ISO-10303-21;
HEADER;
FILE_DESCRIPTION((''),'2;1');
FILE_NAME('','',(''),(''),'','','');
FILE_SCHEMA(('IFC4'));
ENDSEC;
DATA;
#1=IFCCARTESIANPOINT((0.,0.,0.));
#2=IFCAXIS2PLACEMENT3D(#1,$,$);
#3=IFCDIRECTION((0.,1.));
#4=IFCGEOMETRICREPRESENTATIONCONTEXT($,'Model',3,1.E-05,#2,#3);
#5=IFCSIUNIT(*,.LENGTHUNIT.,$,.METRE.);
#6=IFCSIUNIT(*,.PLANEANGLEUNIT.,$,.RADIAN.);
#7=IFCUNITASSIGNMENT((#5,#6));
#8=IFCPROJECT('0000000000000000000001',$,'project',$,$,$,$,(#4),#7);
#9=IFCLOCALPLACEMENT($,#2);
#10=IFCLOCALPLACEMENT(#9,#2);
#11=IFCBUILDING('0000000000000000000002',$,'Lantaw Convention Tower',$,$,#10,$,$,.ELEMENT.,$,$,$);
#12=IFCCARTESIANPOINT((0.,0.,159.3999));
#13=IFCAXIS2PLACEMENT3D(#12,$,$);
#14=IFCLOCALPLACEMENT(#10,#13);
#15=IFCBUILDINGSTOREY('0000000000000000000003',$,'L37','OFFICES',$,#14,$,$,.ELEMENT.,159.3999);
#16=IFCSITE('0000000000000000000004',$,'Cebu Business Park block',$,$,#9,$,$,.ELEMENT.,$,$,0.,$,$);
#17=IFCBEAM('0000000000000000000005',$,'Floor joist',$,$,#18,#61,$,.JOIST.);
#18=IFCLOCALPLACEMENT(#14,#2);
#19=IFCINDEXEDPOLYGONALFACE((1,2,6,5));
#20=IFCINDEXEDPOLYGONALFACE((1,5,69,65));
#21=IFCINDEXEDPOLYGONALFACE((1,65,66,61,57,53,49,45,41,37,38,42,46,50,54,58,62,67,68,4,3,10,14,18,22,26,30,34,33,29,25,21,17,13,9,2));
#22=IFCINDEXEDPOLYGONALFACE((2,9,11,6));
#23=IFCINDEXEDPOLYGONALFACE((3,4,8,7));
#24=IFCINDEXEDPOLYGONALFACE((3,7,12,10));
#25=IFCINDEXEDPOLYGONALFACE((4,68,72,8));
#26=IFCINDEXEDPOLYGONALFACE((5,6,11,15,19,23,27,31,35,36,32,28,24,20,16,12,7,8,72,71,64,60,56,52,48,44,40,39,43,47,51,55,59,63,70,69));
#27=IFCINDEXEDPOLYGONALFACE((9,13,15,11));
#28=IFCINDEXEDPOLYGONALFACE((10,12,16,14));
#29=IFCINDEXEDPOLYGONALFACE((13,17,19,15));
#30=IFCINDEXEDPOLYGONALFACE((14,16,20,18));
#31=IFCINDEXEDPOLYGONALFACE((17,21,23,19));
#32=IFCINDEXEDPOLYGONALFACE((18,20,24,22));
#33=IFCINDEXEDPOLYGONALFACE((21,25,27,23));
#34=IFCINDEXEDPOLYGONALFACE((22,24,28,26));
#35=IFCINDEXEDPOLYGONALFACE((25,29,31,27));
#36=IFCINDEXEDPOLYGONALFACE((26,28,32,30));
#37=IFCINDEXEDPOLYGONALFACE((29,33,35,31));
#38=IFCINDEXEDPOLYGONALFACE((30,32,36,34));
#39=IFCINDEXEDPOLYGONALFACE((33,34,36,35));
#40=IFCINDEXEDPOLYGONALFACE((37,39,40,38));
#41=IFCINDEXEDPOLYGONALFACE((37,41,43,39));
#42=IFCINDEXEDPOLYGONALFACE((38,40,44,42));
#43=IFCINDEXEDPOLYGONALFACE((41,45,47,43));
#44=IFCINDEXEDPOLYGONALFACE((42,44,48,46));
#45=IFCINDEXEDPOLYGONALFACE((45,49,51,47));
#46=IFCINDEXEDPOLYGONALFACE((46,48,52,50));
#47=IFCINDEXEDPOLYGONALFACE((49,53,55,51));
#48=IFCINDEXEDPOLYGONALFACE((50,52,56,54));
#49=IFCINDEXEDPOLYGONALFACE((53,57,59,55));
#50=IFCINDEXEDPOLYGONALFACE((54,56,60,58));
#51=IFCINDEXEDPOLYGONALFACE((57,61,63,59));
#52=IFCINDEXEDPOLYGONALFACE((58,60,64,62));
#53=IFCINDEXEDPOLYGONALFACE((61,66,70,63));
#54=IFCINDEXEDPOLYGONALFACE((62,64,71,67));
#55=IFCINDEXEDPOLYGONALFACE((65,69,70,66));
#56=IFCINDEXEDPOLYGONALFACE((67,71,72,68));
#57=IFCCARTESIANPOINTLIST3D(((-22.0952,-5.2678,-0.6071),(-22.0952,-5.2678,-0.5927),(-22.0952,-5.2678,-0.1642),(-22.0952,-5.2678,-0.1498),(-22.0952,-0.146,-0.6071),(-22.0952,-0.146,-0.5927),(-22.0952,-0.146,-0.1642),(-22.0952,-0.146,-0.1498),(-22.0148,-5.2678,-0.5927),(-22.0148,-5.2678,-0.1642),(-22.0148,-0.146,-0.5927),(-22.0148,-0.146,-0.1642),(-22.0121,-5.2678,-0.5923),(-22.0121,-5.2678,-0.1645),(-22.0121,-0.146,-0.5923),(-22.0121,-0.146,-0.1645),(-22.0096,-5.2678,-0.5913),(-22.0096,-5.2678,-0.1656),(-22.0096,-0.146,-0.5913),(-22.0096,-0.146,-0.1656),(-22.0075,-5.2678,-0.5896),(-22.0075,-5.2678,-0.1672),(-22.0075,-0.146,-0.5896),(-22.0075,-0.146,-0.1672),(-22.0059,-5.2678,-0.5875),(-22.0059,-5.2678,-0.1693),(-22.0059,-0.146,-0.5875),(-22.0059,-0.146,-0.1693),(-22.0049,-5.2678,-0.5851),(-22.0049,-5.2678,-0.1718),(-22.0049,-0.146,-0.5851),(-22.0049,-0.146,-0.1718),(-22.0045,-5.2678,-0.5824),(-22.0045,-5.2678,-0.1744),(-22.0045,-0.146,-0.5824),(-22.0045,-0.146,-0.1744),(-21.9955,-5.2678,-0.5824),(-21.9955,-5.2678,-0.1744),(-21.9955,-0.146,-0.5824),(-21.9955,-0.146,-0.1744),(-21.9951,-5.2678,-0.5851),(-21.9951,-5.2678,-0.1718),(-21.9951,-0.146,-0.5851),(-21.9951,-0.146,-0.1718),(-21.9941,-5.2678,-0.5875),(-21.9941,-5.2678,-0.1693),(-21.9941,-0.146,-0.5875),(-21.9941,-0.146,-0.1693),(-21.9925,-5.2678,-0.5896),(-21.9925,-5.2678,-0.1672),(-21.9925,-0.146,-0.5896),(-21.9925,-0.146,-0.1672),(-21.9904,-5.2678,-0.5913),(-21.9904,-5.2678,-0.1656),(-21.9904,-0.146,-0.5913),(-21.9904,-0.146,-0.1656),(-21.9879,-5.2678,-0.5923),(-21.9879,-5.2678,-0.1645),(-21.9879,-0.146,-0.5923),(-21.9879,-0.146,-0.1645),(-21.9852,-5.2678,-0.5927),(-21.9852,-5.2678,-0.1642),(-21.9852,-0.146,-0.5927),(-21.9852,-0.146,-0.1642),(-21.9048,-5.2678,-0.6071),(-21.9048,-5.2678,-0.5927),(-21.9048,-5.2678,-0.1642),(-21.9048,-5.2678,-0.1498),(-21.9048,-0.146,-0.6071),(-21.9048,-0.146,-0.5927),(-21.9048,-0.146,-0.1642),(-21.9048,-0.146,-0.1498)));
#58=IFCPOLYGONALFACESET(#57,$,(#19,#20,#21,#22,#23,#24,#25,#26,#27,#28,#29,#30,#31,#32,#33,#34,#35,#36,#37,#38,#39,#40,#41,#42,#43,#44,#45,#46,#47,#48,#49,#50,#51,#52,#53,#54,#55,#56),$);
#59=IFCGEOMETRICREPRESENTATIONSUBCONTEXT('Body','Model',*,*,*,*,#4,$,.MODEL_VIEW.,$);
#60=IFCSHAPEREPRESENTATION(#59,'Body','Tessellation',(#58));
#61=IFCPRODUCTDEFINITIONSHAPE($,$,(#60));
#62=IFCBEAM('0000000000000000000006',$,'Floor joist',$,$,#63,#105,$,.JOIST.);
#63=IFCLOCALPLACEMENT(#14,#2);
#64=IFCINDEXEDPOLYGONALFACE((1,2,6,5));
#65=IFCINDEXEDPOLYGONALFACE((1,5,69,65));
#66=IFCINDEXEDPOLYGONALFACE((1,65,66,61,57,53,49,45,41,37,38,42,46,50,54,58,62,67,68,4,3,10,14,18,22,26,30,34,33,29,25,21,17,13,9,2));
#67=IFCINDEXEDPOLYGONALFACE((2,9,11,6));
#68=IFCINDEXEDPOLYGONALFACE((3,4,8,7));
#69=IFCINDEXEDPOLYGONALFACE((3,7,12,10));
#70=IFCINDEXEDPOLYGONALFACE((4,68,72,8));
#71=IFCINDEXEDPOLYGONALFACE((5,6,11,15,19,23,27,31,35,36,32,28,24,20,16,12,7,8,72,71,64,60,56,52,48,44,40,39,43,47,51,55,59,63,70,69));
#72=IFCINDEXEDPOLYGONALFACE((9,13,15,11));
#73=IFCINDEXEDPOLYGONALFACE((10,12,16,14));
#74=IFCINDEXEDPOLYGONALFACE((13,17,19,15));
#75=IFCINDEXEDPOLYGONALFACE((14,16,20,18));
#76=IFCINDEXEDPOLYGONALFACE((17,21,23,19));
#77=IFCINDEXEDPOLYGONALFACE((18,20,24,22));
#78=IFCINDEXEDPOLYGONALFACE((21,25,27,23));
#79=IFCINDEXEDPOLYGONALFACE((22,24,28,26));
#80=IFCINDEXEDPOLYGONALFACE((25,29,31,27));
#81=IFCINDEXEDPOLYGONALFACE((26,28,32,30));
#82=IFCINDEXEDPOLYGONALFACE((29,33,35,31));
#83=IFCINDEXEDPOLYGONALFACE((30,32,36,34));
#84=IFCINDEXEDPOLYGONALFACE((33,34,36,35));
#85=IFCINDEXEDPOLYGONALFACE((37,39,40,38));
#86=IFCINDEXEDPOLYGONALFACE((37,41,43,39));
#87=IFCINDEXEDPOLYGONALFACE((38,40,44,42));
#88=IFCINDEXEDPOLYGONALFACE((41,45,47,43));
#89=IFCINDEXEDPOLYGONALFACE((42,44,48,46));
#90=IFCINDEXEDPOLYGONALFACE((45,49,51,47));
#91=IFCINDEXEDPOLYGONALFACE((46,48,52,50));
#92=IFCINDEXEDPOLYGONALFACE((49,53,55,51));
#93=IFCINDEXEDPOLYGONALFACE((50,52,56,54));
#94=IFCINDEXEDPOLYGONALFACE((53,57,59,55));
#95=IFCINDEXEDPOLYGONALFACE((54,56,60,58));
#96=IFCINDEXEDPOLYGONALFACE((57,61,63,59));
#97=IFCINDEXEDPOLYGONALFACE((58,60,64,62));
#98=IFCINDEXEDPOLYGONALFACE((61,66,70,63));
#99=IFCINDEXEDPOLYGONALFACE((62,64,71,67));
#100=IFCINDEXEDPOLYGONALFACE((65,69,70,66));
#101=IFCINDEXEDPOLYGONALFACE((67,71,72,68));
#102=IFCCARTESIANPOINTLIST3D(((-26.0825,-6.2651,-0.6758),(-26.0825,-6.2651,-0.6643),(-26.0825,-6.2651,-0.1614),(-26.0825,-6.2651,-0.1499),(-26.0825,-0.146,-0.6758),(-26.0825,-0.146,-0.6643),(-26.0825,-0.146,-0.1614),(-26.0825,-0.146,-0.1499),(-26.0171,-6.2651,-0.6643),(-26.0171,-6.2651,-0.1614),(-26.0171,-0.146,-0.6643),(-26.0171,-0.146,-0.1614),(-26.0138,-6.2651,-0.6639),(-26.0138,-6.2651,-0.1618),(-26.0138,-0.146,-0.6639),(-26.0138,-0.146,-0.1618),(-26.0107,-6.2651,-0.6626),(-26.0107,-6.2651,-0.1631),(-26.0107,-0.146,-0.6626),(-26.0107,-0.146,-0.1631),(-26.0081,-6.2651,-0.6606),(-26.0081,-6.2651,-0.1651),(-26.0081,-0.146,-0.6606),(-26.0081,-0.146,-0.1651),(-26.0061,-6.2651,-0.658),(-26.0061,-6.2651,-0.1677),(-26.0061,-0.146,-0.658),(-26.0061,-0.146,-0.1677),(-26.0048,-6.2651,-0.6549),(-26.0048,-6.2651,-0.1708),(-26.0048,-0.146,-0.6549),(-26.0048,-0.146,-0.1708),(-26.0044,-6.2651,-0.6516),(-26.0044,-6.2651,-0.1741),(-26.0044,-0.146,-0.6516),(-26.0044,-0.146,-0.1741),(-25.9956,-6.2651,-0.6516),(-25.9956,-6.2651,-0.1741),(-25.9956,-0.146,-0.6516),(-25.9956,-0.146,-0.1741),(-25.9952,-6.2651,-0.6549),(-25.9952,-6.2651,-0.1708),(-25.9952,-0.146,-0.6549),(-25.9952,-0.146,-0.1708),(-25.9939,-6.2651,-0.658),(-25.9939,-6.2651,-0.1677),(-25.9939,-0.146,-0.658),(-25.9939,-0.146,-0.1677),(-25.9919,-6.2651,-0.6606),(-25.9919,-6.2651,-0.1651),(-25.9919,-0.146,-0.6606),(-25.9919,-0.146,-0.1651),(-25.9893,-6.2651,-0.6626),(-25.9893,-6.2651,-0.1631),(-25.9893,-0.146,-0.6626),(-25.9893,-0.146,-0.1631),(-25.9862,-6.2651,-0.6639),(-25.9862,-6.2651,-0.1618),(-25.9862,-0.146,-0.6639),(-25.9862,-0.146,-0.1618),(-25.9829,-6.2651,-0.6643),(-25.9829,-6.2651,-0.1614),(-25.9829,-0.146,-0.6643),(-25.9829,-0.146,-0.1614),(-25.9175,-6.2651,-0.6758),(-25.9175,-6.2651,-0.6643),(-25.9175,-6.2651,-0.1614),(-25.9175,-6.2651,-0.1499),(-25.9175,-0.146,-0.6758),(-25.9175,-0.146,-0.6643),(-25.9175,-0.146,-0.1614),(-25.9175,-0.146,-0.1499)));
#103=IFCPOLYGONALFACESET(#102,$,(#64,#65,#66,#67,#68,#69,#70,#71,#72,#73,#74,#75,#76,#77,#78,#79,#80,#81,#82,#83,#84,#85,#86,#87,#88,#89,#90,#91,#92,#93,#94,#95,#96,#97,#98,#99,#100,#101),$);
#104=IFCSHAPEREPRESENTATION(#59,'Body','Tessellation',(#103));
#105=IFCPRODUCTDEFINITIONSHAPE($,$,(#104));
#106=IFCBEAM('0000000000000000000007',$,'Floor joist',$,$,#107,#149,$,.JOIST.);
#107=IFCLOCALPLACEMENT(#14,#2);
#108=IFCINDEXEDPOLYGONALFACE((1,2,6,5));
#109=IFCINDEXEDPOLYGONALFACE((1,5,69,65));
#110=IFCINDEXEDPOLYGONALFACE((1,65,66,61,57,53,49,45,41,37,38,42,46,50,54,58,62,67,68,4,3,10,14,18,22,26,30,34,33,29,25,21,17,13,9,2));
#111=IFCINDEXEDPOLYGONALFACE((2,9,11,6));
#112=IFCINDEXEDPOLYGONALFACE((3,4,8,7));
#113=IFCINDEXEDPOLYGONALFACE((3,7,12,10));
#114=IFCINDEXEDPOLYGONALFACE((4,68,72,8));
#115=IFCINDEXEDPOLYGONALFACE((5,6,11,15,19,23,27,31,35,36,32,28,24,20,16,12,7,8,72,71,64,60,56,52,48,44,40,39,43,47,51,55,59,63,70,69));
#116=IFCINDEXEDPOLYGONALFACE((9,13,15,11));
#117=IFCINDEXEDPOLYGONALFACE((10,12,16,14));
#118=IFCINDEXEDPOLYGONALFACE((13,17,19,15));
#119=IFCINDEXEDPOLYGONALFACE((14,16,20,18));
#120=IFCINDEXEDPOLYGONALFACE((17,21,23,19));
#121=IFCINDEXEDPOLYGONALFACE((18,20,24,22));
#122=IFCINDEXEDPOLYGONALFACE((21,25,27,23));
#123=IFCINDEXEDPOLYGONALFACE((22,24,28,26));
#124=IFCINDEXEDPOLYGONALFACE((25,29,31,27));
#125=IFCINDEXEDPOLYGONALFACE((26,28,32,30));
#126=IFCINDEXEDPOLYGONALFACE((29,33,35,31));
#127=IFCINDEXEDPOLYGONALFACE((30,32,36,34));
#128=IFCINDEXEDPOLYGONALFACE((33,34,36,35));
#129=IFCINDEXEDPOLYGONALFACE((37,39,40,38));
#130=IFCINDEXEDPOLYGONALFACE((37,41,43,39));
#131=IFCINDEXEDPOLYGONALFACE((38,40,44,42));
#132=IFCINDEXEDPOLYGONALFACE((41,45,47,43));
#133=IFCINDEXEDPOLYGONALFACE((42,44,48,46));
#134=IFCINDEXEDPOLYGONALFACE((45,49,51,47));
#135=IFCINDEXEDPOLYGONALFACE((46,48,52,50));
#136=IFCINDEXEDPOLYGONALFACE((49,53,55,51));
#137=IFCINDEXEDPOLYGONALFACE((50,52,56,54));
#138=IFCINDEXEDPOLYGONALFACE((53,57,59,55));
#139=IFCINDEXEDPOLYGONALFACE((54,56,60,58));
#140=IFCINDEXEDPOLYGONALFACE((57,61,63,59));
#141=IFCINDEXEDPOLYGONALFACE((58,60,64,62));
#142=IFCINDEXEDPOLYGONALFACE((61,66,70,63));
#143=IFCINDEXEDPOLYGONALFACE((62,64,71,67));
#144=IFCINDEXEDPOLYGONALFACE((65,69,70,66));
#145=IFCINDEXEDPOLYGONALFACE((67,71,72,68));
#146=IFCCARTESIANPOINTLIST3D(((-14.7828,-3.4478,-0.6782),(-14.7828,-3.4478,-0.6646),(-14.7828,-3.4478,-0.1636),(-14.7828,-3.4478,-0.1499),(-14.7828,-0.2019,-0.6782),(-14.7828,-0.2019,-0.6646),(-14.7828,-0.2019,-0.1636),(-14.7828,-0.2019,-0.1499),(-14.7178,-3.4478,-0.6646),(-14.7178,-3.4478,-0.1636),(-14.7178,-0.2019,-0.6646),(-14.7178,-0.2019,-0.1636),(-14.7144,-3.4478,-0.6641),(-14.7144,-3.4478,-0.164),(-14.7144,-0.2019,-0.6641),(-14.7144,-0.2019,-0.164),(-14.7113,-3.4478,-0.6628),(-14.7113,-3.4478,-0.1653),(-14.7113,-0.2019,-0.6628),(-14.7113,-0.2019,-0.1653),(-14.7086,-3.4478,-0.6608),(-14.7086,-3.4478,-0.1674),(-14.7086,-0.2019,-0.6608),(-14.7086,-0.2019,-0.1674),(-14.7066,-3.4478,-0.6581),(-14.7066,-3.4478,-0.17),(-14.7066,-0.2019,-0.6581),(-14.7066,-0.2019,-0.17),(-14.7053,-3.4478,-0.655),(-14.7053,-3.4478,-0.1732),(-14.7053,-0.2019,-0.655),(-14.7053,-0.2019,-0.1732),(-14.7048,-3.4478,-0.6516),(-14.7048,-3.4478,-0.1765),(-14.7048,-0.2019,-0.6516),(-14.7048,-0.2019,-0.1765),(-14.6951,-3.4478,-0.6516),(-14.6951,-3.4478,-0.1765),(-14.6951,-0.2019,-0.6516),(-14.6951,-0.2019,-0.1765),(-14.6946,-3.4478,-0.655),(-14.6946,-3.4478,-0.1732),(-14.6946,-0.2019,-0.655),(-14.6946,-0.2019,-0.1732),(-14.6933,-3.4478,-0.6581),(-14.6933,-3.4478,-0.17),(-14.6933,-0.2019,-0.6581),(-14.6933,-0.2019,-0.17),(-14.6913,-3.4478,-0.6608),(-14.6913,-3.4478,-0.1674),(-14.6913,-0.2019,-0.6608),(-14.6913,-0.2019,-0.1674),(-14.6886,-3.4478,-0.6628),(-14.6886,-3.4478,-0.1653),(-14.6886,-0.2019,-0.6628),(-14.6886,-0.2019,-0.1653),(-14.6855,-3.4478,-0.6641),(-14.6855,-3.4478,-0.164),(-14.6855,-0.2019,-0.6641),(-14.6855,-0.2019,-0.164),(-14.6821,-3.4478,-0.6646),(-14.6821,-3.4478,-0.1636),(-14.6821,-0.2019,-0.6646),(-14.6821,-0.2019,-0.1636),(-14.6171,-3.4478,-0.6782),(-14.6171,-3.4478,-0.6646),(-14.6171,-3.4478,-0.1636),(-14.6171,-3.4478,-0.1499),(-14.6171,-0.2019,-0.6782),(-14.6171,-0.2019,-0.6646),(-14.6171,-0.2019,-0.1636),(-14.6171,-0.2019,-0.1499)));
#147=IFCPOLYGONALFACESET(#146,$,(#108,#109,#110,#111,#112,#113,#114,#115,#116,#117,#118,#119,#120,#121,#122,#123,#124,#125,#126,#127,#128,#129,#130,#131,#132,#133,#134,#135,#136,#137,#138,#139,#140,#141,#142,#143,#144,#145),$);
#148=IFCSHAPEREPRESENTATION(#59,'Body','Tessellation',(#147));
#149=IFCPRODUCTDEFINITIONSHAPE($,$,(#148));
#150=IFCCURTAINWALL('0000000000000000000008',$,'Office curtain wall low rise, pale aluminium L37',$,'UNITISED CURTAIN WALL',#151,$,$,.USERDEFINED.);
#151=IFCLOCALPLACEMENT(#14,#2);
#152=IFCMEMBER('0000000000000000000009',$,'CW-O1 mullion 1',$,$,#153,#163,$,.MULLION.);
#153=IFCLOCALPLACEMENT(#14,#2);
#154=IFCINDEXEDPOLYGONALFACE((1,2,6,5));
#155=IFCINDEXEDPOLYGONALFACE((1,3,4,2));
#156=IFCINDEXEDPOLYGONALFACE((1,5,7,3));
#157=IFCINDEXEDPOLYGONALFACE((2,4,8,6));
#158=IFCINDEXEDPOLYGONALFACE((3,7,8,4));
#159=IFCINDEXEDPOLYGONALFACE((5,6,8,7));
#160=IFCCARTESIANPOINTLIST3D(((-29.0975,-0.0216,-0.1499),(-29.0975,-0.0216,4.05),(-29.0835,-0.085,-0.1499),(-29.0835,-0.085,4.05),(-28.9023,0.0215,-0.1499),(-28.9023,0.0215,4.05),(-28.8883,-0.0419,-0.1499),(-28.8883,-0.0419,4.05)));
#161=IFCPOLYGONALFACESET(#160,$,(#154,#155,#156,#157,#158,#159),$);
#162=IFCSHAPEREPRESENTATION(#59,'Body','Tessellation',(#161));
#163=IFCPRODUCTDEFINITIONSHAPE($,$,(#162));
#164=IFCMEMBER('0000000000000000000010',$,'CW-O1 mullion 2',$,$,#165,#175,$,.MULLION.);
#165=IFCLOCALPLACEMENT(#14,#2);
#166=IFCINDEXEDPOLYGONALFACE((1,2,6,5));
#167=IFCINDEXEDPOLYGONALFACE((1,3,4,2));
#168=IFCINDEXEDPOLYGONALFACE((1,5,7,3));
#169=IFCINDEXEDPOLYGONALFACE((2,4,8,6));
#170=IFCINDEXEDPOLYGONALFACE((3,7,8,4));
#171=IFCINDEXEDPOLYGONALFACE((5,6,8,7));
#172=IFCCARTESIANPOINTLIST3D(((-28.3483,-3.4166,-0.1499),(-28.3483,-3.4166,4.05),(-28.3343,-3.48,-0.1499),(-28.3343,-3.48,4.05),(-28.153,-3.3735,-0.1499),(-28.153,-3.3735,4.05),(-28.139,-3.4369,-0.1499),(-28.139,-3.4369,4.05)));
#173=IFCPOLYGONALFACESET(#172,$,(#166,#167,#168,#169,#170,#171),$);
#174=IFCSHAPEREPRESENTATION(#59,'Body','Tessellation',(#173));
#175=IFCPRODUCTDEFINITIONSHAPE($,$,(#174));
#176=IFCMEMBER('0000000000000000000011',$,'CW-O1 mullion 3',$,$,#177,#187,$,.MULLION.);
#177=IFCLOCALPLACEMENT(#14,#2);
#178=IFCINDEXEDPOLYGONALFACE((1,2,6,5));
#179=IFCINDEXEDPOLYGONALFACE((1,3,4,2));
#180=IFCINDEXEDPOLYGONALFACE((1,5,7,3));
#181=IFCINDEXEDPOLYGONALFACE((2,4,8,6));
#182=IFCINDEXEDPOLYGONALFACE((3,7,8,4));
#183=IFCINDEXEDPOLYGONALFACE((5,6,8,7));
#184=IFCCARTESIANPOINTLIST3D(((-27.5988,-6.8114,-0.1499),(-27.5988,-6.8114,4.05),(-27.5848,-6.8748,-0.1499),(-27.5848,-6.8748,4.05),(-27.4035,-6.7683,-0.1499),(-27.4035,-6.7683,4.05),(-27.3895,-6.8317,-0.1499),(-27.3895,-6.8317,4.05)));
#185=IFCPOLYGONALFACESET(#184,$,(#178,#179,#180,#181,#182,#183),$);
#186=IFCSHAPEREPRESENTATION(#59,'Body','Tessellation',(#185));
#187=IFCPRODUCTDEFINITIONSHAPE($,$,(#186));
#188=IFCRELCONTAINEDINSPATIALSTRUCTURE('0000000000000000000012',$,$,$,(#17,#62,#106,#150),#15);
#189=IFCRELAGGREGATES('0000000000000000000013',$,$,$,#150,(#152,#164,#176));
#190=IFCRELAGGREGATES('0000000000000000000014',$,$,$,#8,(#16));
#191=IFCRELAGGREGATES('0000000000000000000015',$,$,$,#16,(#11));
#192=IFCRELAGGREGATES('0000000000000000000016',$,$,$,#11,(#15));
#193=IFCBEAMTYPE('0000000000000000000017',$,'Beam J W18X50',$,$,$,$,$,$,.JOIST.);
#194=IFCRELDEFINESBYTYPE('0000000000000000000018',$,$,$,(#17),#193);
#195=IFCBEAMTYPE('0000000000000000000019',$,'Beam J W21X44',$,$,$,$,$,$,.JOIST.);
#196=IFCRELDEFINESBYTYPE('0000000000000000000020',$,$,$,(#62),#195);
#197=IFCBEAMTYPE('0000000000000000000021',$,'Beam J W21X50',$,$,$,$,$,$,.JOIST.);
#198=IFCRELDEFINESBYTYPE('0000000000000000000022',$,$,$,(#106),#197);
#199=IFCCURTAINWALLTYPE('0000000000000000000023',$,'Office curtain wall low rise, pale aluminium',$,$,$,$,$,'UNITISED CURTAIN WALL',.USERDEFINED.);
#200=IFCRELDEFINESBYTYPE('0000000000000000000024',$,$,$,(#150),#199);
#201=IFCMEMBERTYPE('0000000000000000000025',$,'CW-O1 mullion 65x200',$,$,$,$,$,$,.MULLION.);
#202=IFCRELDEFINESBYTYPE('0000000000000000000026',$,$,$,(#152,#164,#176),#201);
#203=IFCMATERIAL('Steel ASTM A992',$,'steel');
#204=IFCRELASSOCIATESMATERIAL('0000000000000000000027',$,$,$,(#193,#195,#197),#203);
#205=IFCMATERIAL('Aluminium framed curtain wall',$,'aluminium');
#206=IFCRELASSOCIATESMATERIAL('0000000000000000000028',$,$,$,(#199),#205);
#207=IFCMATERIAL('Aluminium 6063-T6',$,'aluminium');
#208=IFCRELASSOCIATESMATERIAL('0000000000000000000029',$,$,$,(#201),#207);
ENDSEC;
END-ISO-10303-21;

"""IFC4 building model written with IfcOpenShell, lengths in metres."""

from ifc_helpers import new_model, si_unit, direction, frame, origin, origin_2d, place, context, subcontext, project, spatial, rectangle, i_section, extrude, material, material_profile, profile_set, type_object, element, aggregate, save


model = new_model("IFC4")

# Units and contexts
model_context = context("Model", 3, precision=1e-05, world=origin(), true_north=direction((0.0, 1.0)))
body_context = subcontext(model_context, "Body", "Model", "MODEL_VIEW")
ifc_project = project(units=[si_unit("LENGTHUNIT", "METRE"), si_unit("PLANEANGLEUNIT", "RADIAN")], contexts=[model_context])

# Site, building, storey
site_placement = place(None, origin())
site = spatial("IfcSite", under=ifc_project, at=site_placement, Name="Cebu Business Park block", CompositionType="ELEMENT", RefElevation=0.0)
building_placement = place(site_placement, origin())
building = spatial("IfcBuilding", under=site, at=building_placement, Name="Lantaw Convention Tower", CompositionType="ELEMENT")
storey_placement = place(building_placement, frame((0.0, 0.0, 159.3999)))
storey = spatial("IfcBuildingStorey", under=building, at=storey_placement, Name="L37", Description="OFFICES", CompositionType="ELEMENT", Elevation=159.3999)

# Beams
ifc_material_1 = material(Name="Steel ASTM A992", Category="steel")
ifc_material_profile_1 = material_profile(ifc_material_1, i_section(OverallWidth=0.1904, OverallDepth=0.4573, WebThickness=0.009, FlangeThickness=0.0144, FilletRadius=0.0103, at=origin_2d()), Name="W18X50")
ifc_profile_set_1 = profile_set([ifc_material_profile_1], Name="Steel ASTM A992")
beam_type_1 = type_object("IfcBeamType", Name="Beam J W18X50", PredefinedType="JOIST", material=ifc_profile_set_1)
beam_1_placement = place(storey_placement, frame((-22.0, -5.2678, -0.3784), z_axis=(0.0, 1.0, 0.0), x_axis=(-1.0, 0.0, 0.0)))
element("IfcBeam", 1, at=beam_1_placement, inside=storey, type_object=beam_type_1, Name="Floor joist", PredefinedType="JOIST", context=body_context, shape_type="SweptSolid", body=[
    extrude(i_section(OverallWidth=0.1904, OverallDepth=0.4573, WebThickness=0.009, FlangeThickness=0.0144, FilletRadius=0.0103, at=origin_2d()), origin(), (0.0, 0.0, 1.0), 5.1218),
])
ifc_material_profile_2 = material_profile(ifc_material_1, i_section(OverallWidth=0.165, OverallDepth=0.5259, WebThickness=0.0088, FlangeThickness=0.0115, FilletRadius=0.0127, at=origin_2d()), Name="W21X44")
ifc_profile_set_2 = profile_set([ifc_material_profile_2], Name="Steel ASTM A992")
beam_type_2 = type_object("IfcBeamType", Name="Beam J W21X44", PredefinedType="JOIST", material=ifc_profile_set_2)
beam_2_placement = place(storey_placement, frame((-26.0, -6.2651, -0.4128), z_axis=(0.0, 1.0, 0.0), x_axis=(-1.0, 0.0, 0.0)))
element("IfcBeam", 2, at=beam_2_placement, inside=storey, type_object=beam_type_2, Name="Floor joist", PredefinedType="JOIST", context=body_context, shape_type="SweptSolid", body=[
    extrude(i_section(OverallWidth=0.165, OverallDepth=0.5259, WebThickness=0.0088, FlangeThickness=0.0115, FilletRadius=0.0127, at=origin_2d()), origin(), (0.0, 0.0, 1.0), 6.1191),
])
ifc_material_profile_3 = material_profile(ifc_material_1, i_section(OverallWidth=0.1658, OverallDepth=0.5283, WebThickness=0.0098, FlangeThickness=0.0137, FilletRadius=0.0129, at=origin_2d()), Name="W21X50")
ifc_profile_set_3 = profile_set([ifc_material_profile_3], Name="Steel ASTM A992")
beam_type_3 = type_object("IfcBeamType", Name="Beam J W21X50", PredefinedType="JOIST", material=ifc_profile_set_3)
beam_3_placement = place(storey_placement, frame((-14.7, -3.4478, -0.4141), z_axis=(0.0, 1.0, 0.0), x_axis=(-1.0, 0.0, 0.0)))
element("IfcBeam", 3, at=beam_3_placement, inside=storey, type_object=beam_type_3, Name="Floor joist", PredefinedType="JOIST", context=body_context, shape_type="SweptSolid", body=[
    extrude(i_section(OverallWidth=0.1658, OverallDepth=0.5283, WebThickness=0.0098, FlangeThickness=0.0137, FilletRadius=0.0129, at=origin_2d()), origin(), (0.0, 0.0, 1.0), 3.2458),
])

# Curtain wall, members
ifc_material_2 = material(Name="Aluminium framed curtain wall", Category="aluminium")
curtain_wall_type = type_object("IfcCurtainWallType", Name="Office curtain wall low rise, pale aluminium", ElementType="UNITISED CURTAIN WALL", PredefinedType="USERDEFINED", material=ifc_material_2)
curtain_wall_1_placement = place(storey_placement, origin())
curtain_wall_1 = element("IfcCurtainWall", 4, at=curtain_wall_1_placement, inside=storey, type_object=curtain_wall_type, Name="Office curtain wall low rise, pale aluminium L37", ObjectType="UNITISED CURTAIN WALL", PredefinedType="USERDEFINED")
ifc_material_3 = material(Name="Aluminium 6063-T6", Category="aluminium")
ifc_material_profile_4 = material_profile(ifc_material_3, rectangle(XDim=0.2, YDim=0.0649, at=origin_2d()), Name="CW-O1 mullion 65x200")
ifc_profile_set_4 = profile_set([ifc_material_profile_4], Name="Aluminium 6063-T6")
member_type_1 = type_object("IfcMemberType", Name="CW-O1 mullion 65x200", PredefinedType="MULLION", material=ifc_profile_set_4)
member_1_placement = place(storey_placement, frame((-28.9929, -0.0317, -0.1499), z_axis=(0.0, 0.0, 1.0), x_axis=(0.976494, 0.215546, 0.0)))
member_1 = element("IfcMember", 5, at=member_1_placement, type_object=member_type_1, Name="CW-O1 mullion 1", PredefinedType="MULLION", context=body_context, shape_type="SweptSolid", body=[
    extrude(rectangle(XDim=0.2, YDim=0.0649, at=origin_2d()), origin(), (0.0, 0.0, 1.0), 4.2),
])
member_2_placement = place(storey_placement, frame((-28.2437, -3.4268, -0.1499), z_axis=(0.0, 0.0, 1.0), x_axis=(0.976494, 0.215546, 0.0)))
member_2 = element("IfcMember", 6, at=member_2_placement, type_object=member_type_1, Name="CW-O1 mullion 2", PredefinedType="MULLION", context=body_context, shape_type="SweptSolid", body=[
    extrude(rectangle(XDim=0.2, YDim=0.0649, at=origin_2d()), origin(), (0.0, 0.0, 1.0), 4.2),
])
member_3_placement = place(storey_placement, frame((-27.4941, -6.8215, -0.1499), z_axis=(0.0, 0.0, 1.0), x_axis=(0.976494, 0.215546, 0.0)))
member_3 = element("IfcMember", 7, at=member_3_placement, type_object=member_type_1, Name="CW-O1 mullion 3", PredefinedType="MULLION", context=body_context, shape_type="SweptSolid", body=[
    extrude(rectangle(XDim=0.2, YDim=0.0649, at=origin_2d()), origin(), (0.0, 0.0, 1.0), 4.2),
])

aggregate(curtain_wall_1, [member_1, member_2, member_3])

save(model, "model.ifc")
